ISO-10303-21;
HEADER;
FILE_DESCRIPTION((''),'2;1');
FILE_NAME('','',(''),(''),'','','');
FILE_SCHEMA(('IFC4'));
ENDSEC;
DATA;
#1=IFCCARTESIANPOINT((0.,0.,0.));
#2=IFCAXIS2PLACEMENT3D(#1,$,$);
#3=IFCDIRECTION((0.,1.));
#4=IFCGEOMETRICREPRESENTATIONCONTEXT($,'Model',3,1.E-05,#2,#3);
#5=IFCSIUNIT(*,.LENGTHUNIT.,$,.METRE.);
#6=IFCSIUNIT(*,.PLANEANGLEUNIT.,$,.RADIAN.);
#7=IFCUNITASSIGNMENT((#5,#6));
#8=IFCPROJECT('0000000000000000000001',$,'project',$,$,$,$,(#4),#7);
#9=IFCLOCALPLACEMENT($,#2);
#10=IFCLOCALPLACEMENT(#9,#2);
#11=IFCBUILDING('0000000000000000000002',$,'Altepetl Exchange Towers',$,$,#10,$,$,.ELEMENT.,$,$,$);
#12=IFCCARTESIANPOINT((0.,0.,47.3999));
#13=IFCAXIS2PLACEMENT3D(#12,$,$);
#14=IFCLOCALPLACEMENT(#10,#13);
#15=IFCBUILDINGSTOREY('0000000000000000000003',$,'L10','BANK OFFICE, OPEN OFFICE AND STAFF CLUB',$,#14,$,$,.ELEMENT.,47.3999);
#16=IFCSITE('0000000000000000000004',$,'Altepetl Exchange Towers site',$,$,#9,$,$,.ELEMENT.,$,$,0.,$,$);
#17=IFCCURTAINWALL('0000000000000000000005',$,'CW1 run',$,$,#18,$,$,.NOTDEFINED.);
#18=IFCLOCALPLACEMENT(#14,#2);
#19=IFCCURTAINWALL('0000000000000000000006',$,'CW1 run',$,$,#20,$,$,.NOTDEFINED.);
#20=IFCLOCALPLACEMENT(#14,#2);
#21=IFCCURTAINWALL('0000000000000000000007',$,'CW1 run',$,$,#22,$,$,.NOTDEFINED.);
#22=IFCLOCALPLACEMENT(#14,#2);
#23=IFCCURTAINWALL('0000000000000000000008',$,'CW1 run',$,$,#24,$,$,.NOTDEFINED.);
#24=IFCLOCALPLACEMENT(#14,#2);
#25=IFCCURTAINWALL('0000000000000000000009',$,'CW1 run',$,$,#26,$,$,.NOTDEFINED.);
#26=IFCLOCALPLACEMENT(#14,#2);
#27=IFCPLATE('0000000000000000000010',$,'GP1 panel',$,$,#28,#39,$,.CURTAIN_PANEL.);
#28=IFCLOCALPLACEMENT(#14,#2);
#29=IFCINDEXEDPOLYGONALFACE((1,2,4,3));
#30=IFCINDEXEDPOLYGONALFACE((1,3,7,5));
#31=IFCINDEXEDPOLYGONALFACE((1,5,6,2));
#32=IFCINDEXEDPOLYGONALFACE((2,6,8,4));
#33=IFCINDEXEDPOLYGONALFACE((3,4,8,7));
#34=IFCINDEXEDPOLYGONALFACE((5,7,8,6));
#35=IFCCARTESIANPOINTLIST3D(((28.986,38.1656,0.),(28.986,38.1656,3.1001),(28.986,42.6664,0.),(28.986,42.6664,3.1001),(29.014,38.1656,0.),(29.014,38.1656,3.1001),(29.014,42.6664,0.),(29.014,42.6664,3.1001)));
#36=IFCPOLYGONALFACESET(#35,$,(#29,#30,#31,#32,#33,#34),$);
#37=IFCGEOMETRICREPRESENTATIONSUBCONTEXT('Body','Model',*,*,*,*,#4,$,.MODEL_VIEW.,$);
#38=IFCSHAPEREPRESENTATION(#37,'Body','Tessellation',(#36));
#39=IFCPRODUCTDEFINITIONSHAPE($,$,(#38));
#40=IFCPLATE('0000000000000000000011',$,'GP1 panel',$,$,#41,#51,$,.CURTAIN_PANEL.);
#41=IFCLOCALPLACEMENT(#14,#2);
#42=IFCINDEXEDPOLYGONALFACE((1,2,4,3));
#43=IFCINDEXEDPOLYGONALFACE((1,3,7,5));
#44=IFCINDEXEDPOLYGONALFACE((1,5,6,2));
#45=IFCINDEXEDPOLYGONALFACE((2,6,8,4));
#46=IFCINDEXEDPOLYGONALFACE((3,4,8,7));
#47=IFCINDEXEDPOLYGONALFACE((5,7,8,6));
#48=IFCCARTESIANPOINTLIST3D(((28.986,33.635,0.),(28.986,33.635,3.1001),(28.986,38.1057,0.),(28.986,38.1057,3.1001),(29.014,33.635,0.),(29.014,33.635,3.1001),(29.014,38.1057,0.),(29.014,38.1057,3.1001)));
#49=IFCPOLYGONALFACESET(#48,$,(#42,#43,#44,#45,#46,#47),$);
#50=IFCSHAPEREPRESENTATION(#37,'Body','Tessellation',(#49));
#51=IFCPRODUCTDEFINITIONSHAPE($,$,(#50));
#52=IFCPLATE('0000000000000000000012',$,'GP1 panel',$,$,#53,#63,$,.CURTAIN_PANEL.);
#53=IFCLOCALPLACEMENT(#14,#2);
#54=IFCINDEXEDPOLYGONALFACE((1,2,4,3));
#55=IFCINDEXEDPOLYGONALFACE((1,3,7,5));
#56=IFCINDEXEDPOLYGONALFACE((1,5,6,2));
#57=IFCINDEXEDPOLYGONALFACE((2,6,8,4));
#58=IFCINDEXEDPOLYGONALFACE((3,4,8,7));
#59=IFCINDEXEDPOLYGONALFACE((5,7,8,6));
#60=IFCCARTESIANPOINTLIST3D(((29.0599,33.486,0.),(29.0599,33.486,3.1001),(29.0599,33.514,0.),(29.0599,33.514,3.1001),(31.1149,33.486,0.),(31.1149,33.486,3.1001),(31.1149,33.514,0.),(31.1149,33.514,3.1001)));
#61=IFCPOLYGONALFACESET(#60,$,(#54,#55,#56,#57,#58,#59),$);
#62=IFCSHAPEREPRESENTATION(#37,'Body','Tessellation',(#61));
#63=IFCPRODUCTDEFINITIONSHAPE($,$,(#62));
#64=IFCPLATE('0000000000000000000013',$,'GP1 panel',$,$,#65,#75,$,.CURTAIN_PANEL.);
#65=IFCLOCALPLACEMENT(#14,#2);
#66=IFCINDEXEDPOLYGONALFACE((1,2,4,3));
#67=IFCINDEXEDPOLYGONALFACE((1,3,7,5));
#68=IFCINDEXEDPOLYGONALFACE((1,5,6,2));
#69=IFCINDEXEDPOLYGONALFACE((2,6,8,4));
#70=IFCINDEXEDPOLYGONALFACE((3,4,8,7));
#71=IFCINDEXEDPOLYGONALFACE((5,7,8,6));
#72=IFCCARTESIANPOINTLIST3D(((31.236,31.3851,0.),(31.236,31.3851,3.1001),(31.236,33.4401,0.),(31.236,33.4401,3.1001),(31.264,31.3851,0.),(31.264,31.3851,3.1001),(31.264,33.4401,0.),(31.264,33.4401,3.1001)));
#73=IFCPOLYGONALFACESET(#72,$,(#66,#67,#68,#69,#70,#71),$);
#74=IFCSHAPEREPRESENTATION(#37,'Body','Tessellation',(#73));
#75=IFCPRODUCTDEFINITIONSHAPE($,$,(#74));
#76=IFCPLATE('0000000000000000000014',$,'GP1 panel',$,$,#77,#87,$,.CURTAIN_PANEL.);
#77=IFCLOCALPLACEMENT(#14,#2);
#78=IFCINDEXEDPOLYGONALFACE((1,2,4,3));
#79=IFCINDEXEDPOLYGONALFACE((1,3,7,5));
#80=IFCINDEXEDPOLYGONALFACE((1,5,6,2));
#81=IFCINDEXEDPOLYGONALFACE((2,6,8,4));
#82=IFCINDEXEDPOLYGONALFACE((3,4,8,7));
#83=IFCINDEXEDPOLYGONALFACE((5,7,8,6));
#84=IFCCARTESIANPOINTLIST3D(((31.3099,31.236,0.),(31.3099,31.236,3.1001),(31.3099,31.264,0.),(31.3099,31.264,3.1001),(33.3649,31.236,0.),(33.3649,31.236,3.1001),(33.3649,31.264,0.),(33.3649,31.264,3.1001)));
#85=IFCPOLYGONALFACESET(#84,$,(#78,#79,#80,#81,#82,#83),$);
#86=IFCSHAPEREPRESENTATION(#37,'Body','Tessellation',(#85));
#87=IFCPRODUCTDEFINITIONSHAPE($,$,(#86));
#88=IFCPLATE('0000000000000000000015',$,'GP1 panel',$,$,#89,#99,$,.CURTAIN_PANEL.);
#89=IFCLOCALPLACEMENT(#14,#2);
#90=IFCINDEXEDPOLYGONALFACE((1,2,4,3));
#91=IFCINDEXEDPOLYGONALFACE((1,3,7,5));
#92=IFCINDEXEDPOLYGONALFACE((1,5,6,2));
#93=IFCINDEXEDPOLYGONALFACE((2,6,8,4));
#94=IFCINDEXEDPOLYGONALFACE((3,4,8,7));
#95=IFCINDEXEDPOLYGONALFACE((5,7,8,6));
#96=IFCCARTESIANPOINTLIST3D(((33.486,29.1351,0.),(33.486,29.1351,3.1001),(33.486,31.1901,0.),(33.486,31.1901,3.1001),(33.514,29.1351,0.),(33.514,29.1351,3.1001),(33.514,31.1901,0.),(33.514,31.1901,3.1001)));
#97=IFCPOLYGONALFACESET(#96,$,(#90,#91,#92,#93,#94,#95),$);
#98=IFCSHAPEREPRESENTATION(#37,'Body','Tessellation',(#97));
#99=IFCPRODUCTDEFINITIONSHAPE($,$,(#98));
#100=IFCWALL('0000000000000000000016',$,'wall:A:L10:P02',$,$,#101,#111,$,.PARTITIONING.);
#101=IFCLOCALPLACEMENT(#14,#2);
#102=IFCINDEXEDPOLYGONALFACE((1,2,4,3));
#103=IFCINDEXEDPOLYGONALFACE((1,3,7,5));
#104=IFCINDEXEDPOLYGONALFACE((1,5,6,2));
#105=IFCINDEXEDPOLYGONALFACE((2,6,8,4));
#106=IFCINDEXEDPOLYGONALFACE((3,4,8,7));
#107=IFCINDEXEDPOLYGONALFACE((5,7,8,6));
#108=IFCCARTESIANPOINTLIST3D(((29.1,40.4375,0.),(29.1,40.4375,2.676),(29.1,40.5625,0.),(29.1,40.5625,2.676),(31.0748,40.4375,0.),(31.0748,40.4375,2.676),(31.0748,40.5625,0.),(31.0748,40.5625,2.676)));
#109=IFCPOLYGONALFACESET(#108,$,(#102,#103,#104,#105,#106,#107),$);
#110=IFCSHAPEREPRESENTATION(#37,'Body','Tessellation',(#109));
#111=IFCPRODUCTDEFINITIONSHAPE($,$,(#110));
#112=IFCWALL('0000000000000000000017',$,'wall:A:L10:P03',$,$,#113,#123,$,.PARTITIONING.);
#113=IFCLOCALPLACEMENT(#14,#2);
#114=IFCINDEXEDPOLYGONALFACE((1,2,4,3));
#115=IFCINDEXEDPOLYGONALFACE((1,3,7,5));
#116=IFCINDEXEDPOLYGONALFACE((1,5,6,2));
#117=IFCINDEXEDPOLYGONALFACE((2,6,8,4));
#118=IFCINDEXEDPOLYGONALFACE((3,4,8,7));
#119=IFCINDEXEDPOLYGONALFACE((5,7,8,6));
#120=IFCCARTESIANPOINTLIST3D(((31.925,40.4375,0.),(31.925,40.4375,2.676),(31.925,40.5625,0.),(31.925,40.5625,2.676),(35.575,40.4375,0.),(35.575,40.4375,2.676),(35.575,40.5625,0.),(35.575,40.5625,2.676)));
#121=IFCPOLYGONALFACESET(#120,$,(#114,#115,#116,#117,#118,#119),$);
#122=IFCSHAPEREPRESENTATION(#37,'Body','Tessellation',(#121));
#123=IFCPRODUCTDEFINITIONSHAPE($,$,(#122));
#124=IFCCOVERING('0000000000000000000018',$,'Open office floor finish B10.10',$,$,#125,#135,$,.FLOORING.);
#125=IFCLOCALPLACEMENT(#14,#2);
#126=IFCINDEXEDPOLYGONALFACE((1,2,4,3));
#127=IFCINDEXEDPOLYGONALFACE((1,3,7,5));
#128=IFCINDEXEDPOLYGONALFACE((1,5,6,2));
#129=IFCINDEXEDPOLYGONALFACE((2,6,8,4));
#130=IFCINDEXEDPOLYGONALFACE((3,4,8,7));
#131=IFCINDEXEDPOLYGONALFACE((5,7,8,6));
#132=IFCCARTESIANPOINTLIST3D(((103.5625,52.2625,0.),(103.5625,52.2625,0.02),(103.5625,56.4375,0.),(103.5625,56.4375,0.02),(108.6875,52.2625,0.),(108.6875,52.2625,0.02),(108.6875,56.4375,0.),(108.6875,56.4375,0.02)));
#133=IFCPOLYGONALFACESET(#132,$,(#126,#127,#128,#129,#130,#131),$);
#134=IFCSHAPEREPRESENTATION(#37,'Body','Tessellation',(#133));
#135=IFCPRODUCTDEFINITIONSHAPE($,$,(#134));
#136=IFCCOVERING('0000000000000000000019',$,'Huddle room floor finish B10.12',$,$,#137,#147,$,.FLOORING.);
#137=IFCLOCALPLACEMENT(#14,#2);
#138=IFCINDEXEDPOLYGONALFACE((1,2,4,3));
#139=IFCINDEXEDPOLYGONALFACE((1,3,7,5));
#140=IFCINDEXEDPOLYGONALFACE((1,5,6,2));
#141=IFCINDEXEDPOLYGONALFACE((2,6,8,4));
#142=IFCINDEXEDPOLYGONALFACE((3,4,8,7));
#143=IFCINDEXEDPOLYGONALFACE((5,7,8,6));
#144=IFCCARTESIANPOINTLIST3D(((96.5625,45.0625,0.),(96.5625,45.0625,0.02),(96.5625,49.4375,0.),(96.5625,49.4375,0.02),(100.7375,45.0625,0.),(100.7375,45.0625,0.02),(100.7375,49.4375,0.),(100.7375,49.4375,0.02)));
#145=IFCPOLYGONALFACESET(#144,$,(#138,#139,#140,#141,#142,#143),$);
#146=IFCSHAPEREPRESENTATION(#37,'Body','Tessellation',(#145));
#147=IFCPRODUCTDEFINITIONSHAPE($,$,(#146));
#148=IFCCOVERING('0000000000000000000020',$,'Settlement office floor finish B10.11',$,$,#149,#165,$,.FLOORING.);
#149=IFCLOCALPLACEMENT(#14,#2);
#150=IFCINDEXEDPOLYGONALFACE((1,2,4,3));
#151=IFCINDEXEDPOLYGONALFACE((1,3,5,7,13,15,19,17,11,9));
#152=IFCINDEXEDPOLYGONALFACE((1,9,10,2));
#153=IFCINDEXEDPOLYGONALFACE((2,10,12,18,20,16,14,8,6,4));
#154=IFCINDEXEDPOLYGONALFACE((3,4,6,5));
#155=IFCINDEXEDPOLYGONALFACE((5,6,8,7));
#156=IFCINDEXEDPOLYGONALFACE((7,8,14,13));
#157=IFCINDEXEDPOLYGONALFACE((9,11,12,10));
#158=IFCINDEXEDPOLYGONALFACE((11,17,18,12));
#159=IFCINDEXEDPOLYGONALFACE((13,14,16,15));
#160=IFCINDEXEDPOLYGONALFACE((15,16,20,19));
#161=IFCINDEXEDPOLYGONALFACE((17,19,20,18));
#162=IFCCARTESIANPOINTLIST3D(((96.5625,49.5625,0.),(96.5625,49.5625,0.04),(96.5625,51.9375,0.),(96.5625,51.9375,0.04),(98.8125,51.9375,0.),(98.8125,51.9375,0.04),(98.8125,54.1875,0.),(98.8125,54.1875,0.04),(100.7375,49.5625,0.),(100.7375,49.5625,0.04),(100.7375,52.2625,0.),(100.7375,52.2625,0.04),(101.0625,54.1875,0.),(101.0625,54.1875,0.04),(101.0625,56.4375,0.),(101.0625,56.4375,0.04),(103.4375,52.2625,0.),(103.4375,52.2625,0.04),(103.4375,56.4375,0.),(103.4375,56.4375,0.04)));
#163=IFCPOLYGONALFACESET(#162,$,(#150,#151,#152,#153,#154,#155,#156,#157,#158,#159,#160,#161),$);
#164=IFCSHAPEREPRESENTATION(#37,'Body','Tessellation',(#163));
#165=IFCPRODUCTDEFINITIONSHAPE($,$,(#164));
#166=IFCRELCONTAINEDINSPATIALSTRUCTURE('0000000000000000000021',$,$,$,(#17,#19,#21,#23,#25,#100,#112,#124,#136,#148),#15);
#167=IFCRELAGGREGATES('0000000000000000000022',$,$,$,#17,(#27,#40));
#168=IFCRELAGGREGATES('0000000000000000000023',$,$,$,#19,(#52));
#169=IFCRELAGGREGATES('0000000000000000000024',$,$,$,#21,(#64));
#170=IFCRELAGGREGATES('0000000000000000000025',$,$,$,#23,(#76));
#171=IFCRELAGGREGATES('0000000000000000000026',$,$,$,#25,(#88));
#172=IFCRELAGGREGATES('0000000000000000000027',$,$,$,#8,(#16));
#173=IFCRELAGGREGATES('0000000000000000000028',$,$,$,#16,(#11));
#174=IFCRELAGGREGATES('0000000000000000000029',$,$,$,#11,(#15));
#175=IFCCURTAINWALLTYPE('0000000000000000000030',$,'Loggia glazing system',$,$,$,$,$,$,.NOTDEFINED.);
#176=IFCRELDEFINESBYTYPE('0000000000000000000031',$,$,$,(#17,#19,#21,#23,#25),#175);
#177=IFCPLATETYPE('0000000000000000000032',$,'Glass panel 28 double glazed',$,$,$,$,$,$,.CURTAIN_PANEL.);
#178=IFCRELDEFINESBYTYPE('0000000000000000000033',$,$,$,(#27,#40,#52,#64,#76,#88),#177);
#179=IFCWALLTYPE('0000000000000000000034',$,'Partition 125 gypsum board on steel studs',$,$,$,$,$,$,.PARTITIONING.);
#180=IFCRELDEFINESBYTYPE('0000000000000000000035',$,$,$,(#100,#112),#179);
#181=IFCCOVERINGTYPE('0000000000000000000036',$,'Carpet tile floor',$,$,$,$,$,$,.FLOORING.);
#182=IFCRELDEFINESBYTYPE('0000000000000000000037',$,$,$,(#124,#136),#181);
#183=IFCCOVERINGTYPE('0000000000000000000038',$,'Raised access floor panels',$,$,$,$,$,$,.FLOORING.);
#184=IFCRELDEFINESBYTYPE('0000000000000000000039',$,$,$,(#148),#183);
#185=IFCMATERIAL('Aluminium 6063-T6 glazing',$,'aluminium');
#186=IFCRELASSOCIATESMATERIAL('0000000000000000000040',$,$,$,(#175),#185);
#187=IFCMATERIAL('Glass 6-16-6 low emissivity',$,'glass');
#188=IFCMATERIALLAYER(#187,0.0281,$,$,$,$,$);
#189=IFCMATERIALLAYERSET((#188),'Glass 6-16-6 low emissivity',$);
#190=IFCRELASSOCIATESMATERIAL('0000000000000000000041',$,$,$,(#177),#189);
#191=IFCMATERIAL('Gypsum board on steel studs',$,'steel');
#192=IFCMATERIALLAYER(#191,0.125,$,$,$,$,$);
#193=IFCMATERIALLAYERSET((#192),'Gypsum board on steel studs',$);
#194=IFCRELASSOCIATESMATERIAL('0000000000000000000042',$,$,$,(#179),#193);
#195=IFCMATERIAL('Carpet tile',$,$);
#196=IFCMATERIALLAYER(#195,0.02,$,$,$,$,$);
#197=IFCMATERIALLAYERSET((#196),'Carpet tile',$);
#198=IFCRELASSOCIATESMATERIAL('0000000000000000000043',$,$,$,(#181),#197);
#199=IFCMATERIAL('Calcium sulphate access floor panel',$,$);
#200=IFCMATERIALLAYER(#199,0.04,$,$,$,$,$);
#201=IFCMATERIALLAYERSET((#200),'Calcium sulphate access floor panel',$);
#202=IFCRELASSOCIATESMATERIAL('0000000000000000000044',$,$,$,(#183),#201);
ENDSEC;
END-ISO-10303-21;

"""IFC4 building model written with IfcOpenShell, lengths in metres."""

from ifc_helpers import new_model, si_unit, direction, frame, frame_2d, origin, origin_2d, place, context, subcontext, project, spatial, polyline, rectangle, outline, extrude, material, layer, layer_set, type_object, element, aggregate, save


model = new_model("IFC4")

# Units and contexts
model_context = context("Model", 3, precision=1e-05, world=origin(), true_north=direction((0.0, 1.0)))
body_context = subcontext(model_context, "Body", "Model", "MODEL_VIEW")
ifc_project = project(units=[si_unit("LENGTHUNIT", "METRE"), si_unit("PLANEANGLEUNIT", "RADIAN")], contexts=[model_context])

# Site, building, storey
site_placement = place(None, origin())
site = spatial("IfcSite", under=ifc_project, at=site_placement, Name="Altepetl Exchange Towers site", CompositionType="ELEMENT", RefElevation=0.0)
building_placement = place(site_placement, origin())
building = spatial("IfcBuilding", under=site, at=building_placement, Name="Altepetl Exchange Towers", CompositionType="ELEMENT")
storey_placement = place(building_placement, frame((0.0, 0.0, 47.3999)))
storey = spatial("IfcBuildingStorey", under=building, at=storey_placement, Name="L10", Description="BANK OFFICE, OPEN OFFICE AND STAFF CLUB", CompositionType="ELEMENT", Elevation=47.3999)

# Curtain walls
ifc_material_1 = material(Name="Aluminium 6063-T6 glazing", Category="aluminium")
curtain_wall_type = type_object("IfcCurtainWallType", Name="Loggia glazing system", PredefinedType="NOTDEFINED", material=ifc_material_1)
curtain_wall_1_placement = place(storey_placement, origin())
curtain_wall_1 = element("IfcCurtainWall", 1, at=curtain_wall_1_placement, inside=storey, type_object=curtain_wall_type, Name="CW1 run", PredefinedType="NOTDEFINED")
curtain_wall_2_placement = place(storey_placement, origin())
curtain_wall_2 = element("IfcCurtainWall", 2, at=curtain_wall_2_placement, inside=storey, type_object=curtain_wall_type, Name="CW1 run", PredefinedType="NOTDEFINED")
curtain_wall_3_placement = place(storey_placement, origin())
curtain_wall_3 = element("IfcCurtainWall", 3, at=curtain_wall_3_placement, inside=storey, type_object=curtain_wall_type, Name="CW1 run", PredefinedType="NOTDEFINED")
curtain_wall_4_placement = place(storey_placement, origin())
curtain_wall_4 = element("IfcCurtainWall", 4, at=curtain_wall_4_placement, inside=storey, type_object=curtain_wall_type, Name="CW1 run", PredefinedType="NOTDEFINED")

# Curtain wall
curtain_wall_5_placement = place(storey_placement, origin())
curtain_wall_5 = element("IfcCurtainWall", 5, at=curtain_wall_5_placement, inside=storey, type_object=curtain_wall_type, Name="CW1 run", PredefinedType="NOTDEFINED")

# Plates
ifc_material_2 = material(Name="Glass 6-16-6 low emissivity", Category="glass")
ifc_layer_1 = layer(ifc_material_2, 0.0281)
ifc_layer_set_1 = layer_set([ifc_layer_1], Name="Glass 6-16-6 low emissivity")
plate_type = type_object("IfcPlateType", Name="Glass panel 28 double glazed", PredefinedType="CURTAIN_PANEL", material=ifc_layer_set_1)
plate_1_placement = place(storey_placement, frame((29.0, 40.416, 0.0), z_axis=(0.0, 0.0, 1.0), x_axis=(0.0, -1.0, 0.0)))
plate_1 = element("IfcPlate", 6, at=plate_1_placement, type_object=plate_type, Name="GP1 panel", PredefinedType="CURTAIN_PANEL", context=body_context, shape_type="SweptSolid", body=[
    extrude(rectangle(XDim=4.5007, YDim=0.0281, at=origin_2d()), origin(), (0.0, 0.0, 1.0), 3.1001),
])
plate_2_placement = place(storey_placement, frame((29.0, 35.8704, 0.0), z_axis=(0.0, 0.0, 1.0), x_axis=(0.0, -1.0, 0.0)))
plate_2 = element("IfcPlate", 7, at=plate_2_placement, type_object=plate_type, Name="GP1 panel", PredefinedType="CURTAIN_PANEL", context=body_context, shape_type="SweptSolid", body=[
    extrude(rectangle(XDim=4.4707, YDim=0.0281, at=origin_2d()), origin(), (0.0, 0.0, 1.0), 3.1001),
])
aggregate(curtain_wall_1, [plate_1, plate_2])
plate_3_placement = place(storey_placement, frame((30.0874, 33.5, 0.0)))
plate_3 = element("IfcPlate", 8, at=plate_3_placement, type_object=plate_type, Name="GP1 panel", PredefinedType="CURTAIN_PANEL", context=body_context, shape_type="SweptSolid", body=[
    extrude(rectangle(XDim=2.0549, YDim=0.0281, at=origin_2d()), origin(), (0.0, 0.0, 1.0), 3.1001),
])
aggregate(curtain_wall_2, [plate_3])
plate_4_placement = place(storey_placement, frame((31.25, 32.4126, 0.0), z_axis=(0.0, 0.0, 1.0), x_axis=(0.0, -1.0, 0.0)))
plate_4 = element("IfcPlate", 9, at=plate_4_placement, type_object=plate_type, Name="GP1 panel", PredefinedType="CURTAIN_PANEL", context=body_context, shape_type="SweptSolid", body=[
    extrude(rectangle(XDim=2.0549, YDim=0.0281, at=origin_2d()), origin(), (0.0, 0.0, 1.0), 3.1001),
])
aggregate(curtain_wall_3, [plate_4])
plate_5_placement = place(storey_placement, frame((32.3374, 31.25, 0.0)))
plate_5 = element("IfcPlate", 10, at=plate_5_placement, type_object=plate_type, Name="GP1 panel", PredefinedType="CURTAIN_PANEL", context=body_context, shape_type="SweptSolid", body=[
    extrude(rectangle(XDim=2.0549, YDim=0.0281, at=origin_2d()), origin(), (0.0, 0.0, 1.0), 3.1001),
])
aggregate(curtain_wall_4, [plate_5])
plate_6_placement = place(storey_placement, frame((33.5, 30.1626, 0.0), z_axis=(0.0, 0.0, 1.0), x_axis=(0.0, -1.0, 0.0)))
plate_6 = element("IfcPlate", 11, at=plate_6_placement, type_object=plate_type, Name="GP1 panel", PredefinedType="CURTAIN_PANEL", context=body_context, shape_type="SweptSolid", body=[
    extrude(rectangle(XDim=2.0549, YDim=0.0281, at=origin_2d()), origin(), (0.0, 0.0, 1.0), 3.1001),
])
aggregate(curtain_wall_5, [plate_6])

# Walls
ifc_material_3 = material(Name="Gypsum board on steel studs", Category="steel")
ifc_layer_2 = layer(ifc_material_3, 0.125)
ifc_layer_set_2 = layer_set([ifc_layer_2], Name="Gypsum board on steel studs")
wall_type = type_object("IfcWallType", Name="Partition 125 gypsum board on steel studs", PredefinedType="PARTITIONING", material=ifc_layer_set_2)
wall_1_placement = place(storey_placement, frame((29.1001, 40.5, 0.0)))
element("IfcWall", 12, at=wall_1_placement, inside=storey, type_object=wall_type, Name="wall:A:L10:P02", PredefinedType="PARTITIONING", context=body_context, shape_type="SweptSolid", body=[
    extrude(rectangle(XDim=1.9749, YDim=0.125, at=frame_2d((0.9873, 0.0))), origin(), (0.0, 0.0, 1.0), 2.676),
])
wall_2_placement = place(storey_placement, frame((31.925, 40.5, 0.0)))
element("IfcWall", 13, at=wall_2_placement, inside=storey, type_object=wall_type, Name="wall:A:L10:P03", PredefinedType="PARTITIONING", context=body_context, shape_type="SweptSolid", body=[
    extrude(rectangle(XDim=3.6499, YDim=0.125, at=frame_2d((1.825, 0.0))), origin(), (0.0, 0.0, 1.0), 2.676),
])

# Coverings
ifc_material_4 = material(Name="Carpet tile")
ifc_layer_3 = layer(ifc_material_4, 0.02)
ifc_layer_set_3 = layer_set([ifc_layer_3], Name="Carpet tile")
covering_type_1 = type_object("IfcCoveringType", Name="Carpet tile floor", PredefinedType="FLOORING", material=ifc_layer_set_3)
covering_1_placement = place(storey_placement, origin())
element("IfcCovering", 14, at=covering_1_placement, inside=storey, type_object=covering_type_1, Name="Open office floor finish B10.10", PredefinedType="FLOORING", context=body_context, shape_type="SweptSolid", body=[
    extrude(outline(polyline([(108.6875, 56.4375), (103.5625, 56.4375), (103.5625, 52.2625), (108.6875, 52.2625), (108.6875, 56.4375)])), origin(), (0.0, 0.0, 1.0), 0.02),
])
covering_2_placement = place(storey_placement, origin())
element("IfcCovering", 15, at=covering_2_placement, inside=storey, type_object=covering_type_1, Name="Huddle room floor finish B10.12", PredefinedType="FLOORING", context=body_context, shape_type="SweptSolid", body=[
    extrude(outline(polyline([(100.7375, 49.4375), (96.5625, 49.4375), (96.5625, 45.0625), (100.7375, 45.0625), (100.7375, 49.4375)])), origin(), (0.0, 0.0, 1.0), 0.02),
])
ifc_material_5 = material(Name="Calcium sulphate access floor panel")
ifc_layer_4 = layer(ifc_material_5, 0.04)
ifc_layer_set_4 = layer_set([ifc_layer_4], Name="Calcium sulphate access floor panel")
covering_type_2 = type_object("IfcCoveringType", Name="Raised access floor panels", PredefinedType="FLOORING", material=ifc_layer_set_4)
covering_3_placement = place(storey_placement, origin())
element("IfcCovering", 16, at=covering_3_placement, inside=storey, type_object=covering_type_2, Name="Settlement office floor finish B10.11", PredefinedType="FLOORING", context=body_context, shape_type="SweptSolid", body=[
    extrude(outline(polyline([(101.0625, 56.4375), (101.0625, 54.1875), (98.8125, 54.1875), (98.8125, 51.9375), (96.5625, 51.9375), (96.5625, 49.5625), (100.7375, 49.5625), (100.7375, 52.2625), (103.4375, 52.2625), (103.4375, 56.4375), (101.0625, 56.4375)])), origin(), (0.0, 0.0, 1.0), 0.04),
])

save(model, "model.ifc")
